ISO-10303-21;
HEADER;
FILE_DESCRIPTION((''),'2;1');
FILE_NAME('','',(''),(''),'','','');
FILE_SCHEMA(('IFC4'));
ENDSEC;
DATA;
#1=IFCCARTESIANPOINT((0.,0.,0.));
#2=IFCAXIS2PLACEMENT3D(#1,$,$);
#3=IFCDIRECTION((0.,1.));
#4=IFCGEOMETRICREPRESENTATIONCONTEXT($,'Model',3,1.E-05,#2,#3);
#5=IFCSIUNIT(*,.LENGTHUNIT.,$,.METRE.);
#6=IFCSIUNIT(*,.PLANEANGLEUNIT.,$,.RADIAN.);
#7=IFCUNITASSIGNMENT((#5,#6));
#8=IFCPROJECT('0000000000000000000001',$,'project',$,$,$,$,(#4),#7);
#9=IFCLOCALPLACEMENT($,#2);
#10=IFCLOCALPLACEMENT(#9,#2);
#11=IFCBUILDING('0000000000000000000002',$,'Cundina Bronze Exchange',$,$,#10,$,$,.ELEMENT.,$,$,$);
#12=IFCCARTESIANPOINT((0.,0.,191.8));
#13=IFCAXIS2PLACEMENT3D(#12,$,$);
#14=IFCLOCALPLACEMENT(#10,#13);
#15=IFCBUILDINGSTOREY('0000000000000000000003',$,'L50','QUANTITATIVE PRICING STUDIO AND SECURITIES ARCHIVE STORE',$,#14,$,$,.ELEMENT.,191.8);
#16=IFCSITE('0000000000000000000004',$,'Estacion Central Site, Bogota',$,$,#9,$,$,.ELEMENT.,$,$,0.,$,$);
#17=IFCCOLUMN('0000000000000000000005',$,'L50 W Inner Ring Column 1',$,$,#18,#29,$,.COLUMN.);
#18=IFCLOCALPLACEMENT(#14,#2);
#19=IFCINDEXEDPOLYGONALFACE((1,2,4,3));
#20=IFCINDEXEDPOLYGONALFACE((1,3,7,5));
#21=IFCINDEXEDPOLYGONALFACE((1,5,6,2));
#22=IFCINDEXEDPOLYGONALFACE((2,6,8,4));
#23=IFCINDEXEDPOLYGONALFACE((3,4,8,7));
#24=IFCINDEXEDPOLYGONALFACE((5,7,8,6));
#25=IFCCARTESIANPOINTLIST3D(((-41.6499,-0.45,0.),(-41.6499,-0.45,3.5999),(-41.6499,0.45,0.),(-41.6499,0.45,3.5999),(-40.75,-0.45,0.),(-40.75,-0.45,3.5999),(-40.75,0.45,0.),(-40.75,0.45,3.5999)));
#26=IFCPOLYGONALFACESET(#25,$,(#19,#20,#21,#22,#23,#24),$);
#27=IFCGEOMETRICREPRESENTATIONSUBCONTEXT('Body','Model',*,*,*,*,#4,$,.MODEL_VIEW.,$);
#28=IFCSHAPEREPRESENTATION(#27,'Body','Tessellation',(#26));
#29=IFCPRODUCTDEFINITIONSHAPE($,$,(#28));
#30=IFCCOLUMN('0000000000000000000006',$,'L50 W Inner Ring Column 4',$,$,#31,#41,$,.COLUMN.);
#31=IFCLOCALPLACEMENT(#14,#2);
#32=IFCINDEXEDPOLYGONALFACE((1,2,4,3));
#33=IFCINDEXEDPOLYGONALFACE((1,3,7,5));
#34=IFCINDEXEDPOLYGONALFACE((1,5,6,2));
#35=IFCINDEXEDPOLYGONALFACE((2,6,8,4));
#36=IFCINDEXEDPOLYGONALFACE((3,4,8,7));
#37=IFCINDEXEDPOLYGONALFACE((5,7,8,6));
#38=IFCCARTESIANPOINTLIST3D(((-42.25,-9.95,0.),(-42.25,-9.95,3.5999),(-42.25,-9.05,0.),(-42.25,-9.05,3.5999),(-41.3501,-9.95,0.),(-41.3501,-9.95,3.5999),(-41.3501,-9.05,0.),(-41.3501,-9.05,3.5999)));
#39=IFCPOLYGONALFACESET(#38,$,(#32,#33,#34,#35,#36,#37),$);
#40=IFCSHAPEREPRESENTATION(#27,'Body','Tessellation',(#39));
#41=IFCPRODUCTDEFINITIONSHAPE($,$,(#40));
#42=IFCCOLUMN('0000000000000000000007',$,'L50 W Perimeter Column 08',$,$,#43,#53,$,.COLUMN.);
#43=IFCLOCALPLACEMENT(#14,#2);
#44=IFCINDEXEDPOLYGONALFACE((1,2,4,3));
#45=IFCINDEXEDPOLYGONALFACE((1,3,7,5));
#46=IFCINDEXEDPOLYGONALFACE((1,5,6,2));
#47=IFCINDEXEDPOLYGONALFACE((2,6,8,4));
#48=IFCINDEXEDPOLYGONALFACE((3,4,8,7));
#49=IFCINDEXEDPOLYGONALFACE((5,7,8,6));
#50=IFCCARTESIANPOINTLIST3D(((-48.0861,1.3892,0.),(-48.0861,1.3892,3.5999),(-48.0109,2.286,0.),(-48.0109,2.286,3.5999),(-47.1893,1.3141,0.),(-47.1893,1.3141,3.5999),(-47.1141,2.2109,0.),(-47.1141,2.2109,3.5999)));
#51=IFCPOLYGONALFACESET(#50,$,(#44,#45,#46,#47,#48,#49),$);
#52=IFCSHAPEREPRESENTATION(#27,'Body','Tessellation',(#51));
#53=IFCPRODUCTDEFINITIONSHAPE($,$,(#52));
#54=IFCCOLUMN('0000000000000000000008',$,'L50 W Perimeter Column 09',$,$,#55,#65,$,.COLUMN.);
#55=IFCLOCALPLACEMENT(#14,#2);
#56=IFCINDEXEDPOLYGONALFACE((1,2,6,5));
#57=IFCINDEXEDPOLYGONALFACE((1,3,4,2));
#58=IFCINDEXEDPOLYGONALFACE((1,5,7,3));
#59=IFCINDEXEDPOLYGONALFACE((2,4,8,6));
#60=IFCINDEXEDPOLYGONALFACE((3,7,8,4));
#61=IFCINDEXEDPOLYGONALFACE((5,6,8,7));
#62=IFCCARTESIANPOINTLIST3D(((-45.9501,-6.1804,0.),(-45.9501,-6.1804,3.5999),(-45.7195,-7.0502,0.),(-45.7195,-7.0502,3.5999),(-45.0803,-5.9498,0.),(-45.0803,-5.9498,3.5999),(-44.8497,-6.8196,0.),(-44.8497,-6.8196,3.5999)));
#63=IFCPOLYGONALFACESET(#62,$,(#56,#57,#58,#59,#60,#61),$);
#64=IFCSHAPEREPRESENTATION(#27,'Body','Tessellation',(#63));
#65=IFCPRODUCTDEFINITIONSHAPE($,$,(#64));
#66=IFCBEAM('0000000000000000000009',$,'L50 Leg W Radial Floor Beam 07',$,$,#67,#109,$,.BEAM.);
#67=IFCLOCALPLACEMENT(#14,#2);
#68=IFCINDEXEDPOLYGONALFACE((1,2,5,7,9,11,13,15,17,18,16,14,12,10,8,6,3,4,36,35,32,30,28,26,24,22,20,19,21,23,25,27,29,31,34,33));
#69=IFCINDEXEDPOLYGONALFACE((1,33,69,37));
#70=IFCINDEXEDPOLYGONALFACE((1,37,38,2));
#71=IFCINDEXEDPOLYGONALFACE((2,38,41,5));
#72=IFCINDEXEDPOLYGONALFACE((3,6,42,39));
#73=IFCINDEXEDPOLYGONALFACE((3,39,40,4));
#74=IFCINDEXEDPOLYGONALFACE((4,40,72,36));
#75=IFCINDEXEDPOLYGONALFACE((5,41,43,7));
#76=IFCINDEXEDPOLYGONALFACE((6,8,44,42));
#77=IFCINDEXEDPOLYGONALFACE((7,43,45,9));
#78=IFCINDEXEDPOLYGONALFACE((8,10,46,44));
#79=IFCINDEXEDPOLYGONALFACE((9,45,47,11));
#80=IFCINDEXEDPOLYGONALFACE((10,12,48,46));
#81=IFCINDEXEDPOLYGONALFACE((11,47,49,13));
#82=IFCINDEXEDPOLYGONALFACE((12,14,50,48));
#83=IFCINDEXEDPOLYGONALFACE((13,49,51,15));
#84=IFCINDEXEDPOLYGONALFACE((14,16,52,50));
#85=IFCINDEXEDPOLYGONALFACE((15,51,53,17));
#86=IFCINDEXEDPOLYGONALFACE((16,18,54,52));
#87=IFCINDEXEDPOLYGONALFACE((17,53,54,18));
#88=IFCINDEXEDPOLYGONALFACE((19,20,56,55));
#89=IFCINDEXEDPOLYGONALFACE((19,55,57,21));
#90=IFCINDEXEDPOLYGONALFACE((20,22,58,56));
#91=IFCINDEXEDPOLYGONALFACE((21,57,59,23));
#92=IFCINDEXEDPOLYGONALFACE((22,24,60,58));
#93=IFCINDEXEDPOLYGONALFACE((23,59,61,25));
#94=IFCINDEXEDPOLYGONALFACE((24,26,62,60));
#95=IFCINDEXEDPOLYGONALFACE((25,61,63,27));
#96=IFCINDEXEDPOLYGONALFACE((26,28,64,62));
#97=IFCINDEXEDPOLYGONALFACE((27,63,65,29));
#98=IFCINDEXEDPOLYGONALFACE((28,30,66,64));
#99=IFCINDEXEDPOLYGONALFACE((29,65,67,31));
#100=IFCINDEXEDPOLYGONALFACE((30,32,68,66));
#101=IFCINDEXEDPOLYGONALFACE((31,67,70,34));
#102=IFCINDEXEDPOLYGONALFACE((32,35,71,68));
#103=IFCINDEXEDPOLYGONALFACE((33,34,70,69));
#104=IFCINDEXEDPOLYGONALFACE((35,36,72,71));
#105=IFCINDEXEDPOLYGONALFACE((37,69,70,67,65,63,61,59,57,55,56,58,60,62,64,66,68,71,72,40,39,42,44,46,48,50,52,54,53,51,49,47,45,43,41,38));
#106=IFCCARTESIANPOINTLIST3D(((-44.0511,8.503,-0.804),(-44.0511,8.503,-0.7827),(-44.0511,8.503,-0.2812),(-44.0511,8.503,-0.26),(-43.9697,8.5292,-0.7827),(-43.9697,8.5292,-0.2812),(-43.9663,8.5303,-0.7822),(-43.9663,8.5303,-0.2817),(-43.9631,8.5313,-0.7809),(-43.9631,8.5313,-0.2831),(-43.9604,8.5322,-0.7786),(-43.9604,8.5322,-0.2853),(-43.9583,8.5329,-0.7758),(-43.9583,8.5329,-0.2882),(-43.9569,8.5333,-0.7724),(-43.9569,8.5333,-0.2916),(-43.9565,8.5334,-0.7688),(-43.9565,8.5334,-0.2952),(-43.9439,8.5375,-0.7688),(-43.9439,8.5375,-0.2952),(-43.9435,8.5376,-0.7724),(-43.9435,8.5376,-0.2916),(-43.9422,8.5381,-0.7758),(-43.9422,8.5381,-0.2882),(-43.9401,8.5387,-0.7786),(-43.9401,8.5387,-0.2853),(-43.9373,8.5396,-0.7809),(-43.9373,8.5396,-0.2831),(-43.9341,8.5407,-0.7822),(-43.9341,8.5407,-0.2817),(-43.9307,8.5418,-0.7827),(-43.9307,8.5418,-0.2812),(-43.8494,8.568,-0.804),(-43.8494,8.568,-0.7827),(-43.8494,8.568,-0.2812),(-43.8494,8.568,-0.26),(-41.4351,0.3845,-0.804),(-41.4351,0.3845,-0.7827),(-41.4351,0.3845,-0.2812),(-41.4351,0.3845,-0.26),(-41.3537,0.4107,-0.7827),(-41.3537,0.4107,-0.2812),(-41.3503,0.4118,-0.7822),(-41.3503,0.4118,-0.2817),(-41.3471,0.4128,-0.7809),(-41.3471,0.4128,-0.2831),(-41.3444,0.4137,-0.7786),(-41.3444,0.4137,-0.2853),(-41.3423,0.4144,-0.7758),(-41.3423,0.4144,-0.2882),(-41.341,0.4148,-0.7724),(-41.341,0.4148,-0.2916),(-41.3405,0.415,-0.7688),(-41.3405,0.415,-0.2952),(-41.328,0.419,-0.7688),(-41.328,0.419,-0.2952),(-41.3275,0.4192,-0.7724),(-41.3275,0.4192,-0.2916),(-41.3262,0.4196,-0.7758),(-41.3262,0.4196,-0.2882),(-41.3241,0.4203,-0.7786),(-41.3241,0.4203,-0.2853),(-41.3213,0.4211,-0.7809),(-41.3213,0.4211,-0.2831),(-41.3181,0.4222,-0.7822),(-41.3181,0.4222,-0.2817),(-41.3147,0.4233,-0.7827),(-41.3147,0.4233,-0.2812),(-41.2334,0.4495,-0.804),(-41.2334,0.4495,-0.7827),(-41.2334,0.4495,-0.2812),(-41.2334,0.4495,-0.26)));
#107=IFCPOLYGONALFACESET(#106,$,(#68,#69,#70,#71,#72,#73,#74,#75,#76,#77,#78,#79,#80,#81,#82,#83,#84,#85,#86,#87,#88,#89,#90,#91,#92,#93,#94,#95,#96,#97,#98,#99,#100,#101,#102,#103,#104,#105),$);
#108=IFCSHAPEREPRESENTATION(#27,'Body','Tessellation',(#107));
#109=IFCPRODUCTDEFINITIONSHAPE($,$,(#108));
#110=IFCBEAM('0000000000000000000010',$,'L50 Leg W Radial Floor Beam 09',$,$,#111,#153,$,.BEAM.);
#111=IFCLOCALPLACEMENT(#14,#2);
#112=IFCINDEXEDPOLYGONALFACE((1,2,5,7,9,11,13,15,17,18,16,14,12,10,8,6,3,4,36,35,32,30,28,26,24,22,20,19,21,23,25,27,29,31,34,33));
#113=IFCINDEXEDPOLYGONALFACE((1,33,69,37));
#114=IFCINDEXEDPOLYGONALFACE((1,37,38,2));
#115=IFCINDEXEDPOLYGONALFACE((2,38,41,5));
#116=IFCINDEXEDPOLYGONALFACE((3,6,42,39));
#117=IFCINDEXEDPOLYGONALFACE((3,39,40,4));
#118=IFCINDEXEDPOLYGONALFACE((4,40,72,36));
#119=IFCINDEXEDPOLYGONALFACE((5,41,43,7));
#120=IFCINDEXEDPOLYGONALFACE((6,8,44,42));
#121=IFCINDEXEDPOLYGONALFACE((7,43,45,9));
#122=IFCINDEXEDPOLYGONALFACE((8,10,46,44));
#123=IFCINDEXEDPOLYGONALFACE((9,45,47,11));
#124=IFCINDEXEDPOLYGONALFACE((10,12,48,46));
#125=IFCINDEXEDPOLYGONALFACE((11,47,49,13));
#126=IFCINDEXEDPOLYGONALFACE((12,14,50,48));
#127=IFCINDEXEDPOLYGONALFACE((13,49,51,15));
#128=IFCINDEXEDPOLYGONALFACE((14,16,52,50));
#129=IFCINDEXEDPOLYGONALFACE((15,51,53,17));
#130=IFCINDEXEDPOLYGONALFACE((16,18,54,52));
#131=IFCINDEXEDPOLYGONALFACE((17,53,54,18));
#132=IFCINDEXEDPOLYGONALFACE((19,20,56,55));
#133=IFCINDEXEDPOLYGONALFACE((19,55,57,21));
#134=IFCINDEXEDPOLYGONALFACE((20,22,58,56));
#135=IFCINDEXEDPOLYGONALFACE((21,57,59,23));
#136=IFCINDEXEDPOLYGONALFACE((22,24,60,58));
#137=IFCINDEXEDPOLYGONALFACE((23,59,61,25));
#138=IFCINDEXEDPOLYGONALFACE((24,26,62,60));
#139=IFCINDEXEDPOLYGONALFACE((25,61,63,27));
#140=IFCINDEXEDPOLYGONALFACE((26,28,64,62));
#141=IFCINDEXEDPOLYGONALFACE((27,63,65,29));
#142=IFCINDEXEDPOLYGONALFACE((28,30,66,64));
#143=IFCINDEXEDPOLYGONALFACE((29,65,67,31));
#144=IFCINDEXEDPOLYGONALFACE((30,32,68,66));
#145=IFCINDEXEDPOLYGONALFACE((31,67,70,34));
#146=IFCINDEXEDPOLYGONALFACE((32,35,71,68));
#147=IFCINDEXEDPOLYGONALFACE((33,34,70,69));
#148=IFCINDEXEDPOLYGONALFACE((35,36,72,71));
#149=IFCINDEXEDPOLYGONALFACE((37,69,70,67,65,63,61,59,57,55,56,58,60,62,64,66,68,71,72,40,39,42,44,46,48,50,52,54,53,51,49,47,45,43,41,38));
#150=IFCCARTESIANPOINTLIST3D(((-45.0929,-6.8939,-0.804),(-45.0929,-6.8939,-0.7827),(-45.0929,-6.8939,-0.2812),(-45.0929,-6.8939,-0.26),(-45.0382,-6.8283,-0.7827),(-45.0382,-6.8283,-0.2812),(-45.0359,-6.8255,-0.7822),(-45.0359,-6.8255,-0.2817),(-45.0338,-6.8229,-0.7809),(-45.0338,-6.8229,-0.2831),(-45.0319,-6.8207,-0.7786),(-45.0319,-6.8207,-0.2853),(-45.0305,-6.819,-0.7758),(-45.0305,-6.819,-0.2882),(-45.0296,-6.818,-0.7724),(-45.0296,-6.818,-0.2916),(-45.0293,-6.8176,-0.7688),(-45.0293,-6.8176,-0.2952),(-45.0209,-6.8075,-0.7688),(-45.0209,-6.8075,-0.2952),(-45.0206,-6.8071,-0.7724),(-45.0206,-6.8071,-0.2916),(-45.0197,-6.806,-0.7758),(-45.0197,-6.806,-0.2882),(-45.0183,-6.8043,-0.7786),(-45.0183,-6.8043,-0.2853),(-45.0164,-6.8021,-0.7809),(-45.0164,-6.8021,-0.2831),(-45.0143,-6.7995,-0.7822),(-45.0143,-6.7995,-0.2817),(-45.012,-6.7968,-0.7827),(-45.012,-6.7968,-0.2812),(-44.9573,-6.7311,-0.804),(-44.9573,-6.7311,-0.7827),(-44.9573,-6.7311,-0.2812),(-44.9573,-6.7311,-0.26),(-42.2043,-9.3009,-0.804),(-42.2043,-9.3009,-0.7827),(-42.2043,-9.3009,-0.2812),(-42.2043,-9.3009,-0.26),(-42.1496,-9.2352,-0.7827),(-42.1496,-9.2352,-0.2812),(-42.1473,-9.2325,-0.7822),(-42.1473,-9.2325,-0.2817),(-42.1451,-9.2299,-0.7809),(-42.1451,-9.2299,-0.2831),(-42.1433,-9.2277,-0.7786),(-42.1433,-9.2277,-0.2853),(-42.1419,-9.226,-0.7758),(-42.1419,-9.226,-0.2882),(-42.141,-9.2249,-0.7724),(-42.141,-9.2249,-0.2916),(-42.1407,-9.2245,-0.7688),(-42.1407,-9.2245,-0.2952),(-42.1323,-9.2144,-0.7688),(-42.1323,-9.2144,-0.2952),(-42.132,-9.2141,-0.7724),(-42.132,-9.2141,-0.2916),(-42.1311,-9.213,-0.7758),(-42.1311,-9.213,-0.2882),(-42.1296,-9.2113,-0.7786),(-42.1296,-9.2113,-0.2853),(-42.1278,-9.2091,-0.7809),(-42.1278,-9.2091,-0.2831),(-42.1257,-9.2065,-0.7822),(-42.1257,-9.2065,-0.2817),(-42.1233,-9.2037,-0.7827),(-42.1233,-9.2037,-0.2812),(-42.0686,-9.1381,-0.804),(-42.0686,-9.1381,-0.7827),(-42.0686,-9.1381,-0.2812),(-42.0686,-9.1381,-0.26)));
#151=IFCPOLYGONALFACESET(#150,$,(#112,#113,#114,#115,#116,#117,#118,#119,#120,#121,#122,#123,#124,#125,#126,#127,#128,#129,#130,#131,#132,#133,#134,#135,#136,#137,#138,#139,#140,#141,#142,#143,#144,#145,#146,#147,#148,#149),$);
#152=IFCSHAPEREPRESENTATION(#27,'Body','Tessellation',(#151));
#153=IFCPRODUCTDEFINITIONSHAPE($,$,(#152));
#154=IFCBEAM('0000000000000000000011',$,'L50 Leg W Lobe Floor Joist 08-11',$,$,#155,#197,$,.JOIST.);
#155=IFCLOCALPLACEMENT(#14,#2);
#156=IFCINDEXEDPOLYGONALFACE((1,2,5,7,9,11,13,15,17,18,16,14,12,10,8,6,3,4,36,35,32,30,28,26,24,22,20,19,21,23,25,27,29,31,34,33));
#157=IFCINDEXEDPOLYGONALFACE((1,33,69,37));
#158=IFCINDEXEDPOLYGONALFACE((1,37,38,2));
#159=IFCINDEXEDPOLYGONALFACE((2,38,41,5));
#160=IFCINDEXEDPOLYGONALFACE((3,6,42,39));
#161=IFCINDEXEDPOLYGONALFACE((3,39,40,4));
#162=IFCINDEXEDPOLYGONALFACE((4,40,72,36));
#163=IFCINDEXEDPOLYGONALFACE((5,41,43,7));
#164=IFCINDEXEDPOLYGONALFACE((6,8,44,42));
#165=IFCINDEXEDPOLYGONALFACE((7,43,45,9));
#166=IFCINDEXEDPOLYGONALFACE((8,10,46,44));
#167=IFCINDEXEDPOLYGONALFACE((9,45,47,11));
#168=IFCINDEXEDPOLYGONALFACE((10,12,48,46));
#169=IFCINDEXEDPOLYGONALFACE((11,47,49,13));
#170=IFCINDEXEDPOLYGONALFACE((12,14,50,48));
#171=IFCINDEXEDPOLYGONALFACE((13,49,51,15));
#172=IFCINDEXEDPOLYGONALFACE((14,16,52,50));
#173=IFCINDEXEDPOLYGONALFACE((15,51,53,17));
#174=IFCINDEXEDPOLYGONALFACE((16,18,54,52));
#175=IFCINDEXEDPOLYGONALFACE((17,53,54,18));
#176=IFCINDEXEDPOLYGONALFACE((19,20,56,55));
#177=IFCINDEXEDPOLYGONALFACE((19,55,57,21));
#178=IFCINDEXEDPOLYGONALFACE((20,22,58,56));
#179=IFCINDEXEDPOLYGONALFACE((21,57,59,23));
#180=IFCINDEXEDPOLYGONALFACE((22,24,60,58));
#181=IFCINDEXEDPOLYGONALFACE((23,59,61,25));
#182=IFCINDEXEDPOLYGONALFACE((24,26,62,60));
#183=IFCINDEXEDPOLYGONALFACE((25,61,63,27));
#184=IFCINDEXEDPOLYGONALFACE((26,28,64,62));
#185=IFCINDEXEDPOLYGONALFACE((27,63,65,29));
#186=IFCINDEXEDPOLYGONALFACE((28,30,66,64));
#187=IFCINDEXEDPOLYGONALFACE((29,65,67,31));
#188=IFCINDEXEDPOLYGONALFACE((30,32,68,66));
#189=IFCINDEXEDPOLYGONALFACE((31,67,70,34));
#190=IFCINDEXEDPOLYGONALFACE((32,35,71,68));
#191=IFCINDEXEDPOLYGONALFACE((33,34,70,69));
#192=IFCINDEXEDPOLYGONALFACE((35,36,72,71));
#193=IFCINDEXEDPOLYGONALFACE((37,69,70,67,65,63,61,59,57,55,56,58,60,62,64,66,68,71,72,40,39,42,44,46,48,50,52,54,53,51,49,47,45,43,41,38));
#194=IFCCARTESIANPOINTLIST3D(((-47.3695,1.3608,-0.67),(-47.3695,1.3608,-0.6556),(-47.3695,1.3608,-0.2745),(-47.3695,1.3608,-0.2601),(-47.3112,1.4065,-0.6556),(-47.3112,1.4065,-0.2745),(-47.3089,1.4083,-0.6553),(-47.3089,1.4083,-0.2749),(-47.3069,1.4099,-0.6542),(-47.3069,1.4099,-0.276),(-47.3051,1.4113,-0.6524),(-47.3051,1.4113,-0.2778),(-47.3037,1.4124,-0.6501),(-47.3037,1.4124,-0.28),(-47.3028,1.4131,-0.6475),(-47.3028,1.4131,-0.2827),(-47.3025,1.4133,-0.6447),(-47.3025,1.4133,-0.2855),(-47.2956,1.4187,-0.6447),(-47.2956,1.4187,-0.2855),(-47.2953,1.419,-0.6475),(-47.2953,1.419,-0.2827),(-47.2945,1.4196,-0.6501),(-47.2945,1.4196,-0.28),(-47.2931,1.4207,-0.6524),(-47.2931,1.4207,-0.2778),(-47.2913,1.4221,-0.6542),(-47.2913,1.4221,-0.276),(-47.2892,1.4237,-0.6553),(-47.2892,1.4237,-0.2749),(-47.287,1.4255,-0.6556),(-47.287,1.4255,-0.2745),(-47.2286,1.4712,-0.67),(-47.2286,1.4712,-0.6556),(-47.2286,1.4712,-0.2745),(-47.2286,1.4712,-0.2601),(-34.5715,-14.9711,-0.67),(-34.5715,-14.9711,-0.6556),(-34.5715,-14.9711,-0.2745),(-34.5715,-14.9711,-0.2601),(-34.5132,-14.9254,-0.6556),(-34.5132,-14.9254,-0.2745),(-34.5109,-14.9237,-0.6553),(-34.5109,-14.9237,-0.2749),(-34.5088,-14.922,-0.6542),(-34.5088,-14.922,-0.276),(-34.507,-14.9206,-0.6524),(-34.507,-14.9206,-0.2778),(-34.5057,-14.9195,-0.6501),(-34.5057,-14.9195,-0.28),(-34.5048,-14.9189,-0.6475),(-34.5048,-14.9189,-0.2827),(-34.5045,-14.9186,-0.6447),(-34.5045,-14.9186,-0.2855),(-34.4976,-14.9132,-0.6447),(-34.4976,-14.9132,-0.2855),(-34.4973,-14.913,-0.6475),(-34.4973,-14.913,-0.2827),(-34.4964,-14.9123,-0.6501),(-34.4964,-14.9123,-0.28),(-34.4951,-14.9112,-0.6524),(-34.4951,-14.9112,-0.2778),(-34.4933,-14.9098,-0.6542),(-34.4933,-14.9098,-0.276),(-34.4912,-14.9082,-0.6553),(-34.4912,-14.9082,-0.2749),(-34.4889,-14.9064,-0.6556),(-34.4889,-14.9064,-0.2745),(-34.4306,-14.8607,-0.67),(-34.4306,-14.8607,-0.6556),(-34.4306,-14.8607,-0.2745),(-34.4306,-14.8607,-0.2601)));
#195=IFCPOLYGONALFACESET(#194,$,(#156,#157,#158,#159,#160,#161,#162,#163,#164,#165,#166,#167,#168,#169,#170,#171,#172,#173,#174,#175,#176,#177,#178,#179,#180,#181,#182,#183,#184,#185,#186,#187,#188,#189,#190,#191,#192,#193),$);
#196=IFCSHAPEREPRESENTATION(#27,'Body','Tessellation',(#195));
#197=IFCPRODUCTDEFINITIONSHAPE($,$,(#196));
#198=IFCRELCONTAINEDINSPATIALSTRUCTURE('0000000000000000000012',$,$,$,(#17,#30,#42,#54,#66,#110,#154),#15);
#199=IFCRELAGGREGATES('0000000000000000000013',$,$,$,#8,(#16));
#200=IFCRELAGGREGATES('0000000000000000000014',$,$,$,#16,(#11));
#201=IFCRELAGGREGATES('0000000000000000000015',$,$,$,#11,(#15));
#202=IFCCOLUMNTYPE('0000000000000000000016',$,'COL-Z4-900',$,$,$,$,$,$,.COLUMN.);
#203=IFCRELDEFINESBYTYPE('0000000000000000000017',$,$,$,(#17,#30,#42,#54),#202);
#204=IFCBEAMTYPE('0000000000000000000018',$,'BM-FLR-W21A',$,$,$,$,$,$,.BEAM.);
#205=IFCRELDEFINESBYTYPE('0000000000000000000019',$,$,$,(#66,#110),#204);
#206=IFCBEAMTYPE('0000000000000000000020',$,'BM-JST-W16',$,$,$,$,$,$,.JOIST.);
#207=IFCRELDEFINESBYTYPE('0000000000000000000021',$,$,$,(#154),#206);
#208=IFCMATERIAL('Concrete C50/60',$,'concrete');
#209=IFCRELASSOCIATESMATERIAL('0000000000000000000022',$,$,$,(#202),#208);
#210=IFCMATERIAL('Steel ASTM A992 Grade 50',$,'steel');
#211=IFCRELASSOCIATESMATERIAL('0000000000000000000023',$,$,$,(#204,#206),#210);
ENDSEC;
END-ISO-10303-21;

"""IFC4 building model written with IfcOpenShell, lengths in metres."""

from ifc_helpers import new_model, si_unit, direction, frame, origin, origin_2d, place, context, subcontext, project, spatial, rectangle, i_section, extrude, material, material_profile, profile_set, type_object, element, save


model = new_model("IFC4")

# Units and contexts
model_context = context("Model", 3, precision=1e-05, world=origin(), true_north=direction((0.0, 1.0)))
body_context = subcontext(model_context, "Body", "Model", "MODEL_VIEW")
ifc_project = project(units=[si_unit("LENGTHUNIT", "METRE"), si_unit("PLANEANGLEUNIT", "RADIAN")], contexts=[model_context])

# Site, building, storey
site_placement = place(None, origin())
site = spatial("IfcSite", under=ifc_project, at=site_placement, Name="Estacion Central Site, Bogota", CompositionType="ELEMENT", RefElevation=0.0)
building_placement = place(site_placement, origin())
building = spatial("IfcBuilding", under=site, at=building_placement, Name="Cundina Bronze Exchange", CompositionType="ELEMENT")
storey_placement = place(building_placement, frame((0.0, 0.0, 191.8)))
storey = spatial("IfcBuildingStorey", under=building, at=storey_placement, Name="L50", Description="QUANTITATIVE PRICING STUDIO AND SECURITIES ARCHIVE STORE", CompositionType="ELEMENT", Elevation=191.8)

# Columns
ifc_material_1 = material(Name="Concrete C50/60", Category="concrete")
ifc_material_profile_1 = material_profile(ifc_material_1, rectangle(XDim=0.8999, YDim=0.8999, at=origin_2d()), Name="RC900X900", Category="concrete")
ifc_profile_set_1 = profile_set([ifc_material_profile_1], Name="Concrete C50/60")
column_type = type_object("IfcColumnType", Name="COL-Z4-900", PredefinedType="COLUMN", material=ifc_profile_set_1)
for number, where, z_axis, x_axis, name in (
    (1, (-41.2, 0.0, 0.0), (0.0, 0.0, 1.0), (1.0, 0.0, 0.0), "L50 W Inner Ring Column 1"),
    (2, (-41.8, -9.5, 0.0), (0.0, 0.0, 1.0), (1.0, 0.0, 0.0), "L50 W Inner Ring Column 4"),
    (3, (-47.6001, 1.8, 0.0), (0.0, 0.0, 1.0), (-0.083504, -0.996507, 0.0), "L50 W Perimeter Column 08"),
    (4, (-45.3999, -6.5, 0.0), (0.0, 0.0, 1.0), (0.256289, -0.9666, 0.0), "L50 W Perimeter Column 09"),
):
    element("IfcColumn", number, at=place(storey_placement, frame(where, z_axis=z_axis, x_axis=x_axis)), inside=storey, type_object=column_type, Name=name, PredefinedType="COLUMN", context=body_context, shape_type="SweptSolid", body=[
        extrude(rectangle(XDim=0.8999, YDim=0.8999, at=origin_2d()), origin(), (0.0, 0.0, 1.0), 3.5999),
    ])

# Beams
ifc_material_2 = material(Name="Steel ASTM A992 Grade 50", Category="steel")
ifc_material_profile_2 = material_profile(ifc_material_2, i_section(OverallWidth=0.2119, OverallDepth=0.5439, WebThickness=0.0132, FlangeThickness=0.0212, FilletRadius=0.0139, at=origin_2d()), Name="W21X83", Category="steel")
ifc_profile_set_2 = profile_set([ifc_material_profile_2], Name="Steel ASTM A992 Grade 50")
beam_type_1 = type_object("IfcBeamType", Name="BM-FLR-W21A", PredefinedType="BEAM", material=ifc_profile_set_2)
beam_1_placement = place(storey_placement, frame((-41.3342, 0.417, -0.532), z_axis=(-0.306698, 0.951807, 0.0), x_axis=(-0.951807, -0.306698, 0.0)))
element("IfcBeam", 5, at=beam_1_placement, inside=storey, type_object=beam_type_1, Name="L50 Leg W Radial Floor Beam 07", PredefinedType="BEAM", context=body_context, shape_type="SweptSolid", body=[
    extrude(i_section(OverallWidth=0.2119, OverallDepth=0.5439, WebThickness=0.0132, FlangeThickness=0.0212, FilletRadius=0.0139, at=origin_2d()), origin(), (0.0, 0.0, 1.0), 8.5295),
])
beam_2_placement = place(storey_placement, frame((-42.1365, -9.2195, -0.532), z_axis=(-0.768253, 0.640146, 0.0), x_axis=(-0.640146, -0.768253, 0.0)))
element("IfcBeam", 6, at=beam_2_placement, inside=storey, type_object=beam_type_1, Name="L50 Leg W Radial Floor Beam 09", PredefinedType="BEAM", context=body_context, shape_type="SweptSolid", body=[
    extrude(i_section(OverallWidth=0.2119, OverallDepth=0.5439, WebThickness=0.0132, FlangeThickness=0.0212, FilletRadius=0.0139, at=origin_2d()), origin(), (0.0, 0.0, 1.0), 3.76),
])
ifc_material_profile_3 = material_profile(ifc_material_2, i_section(OverallWidth=0.179, OverallDepth=0.4099, WebThickness=0.0088, FlangeThickness=0.0144, FilletRadius=0.011, at=origin_2d()), Name="W16X45", Category="steel")
ifc_profile_set_3 = profile_set([ifc_material_profile_3], Name="Steel ASTM A992 Grade 50")
beam_type_2 = type_object("IfcBeamType", Name="BM-JST-W16", PredefinedType="JOIST", material=ifc_profile_set_3)
beam_3_placement = place(storey_placement, frame((-47.2991, 1.416, -0.4651), z_axis=(0.616801, -0.787119, 0.0), x_axis=(0.787119, 0.616801, 0.0)))
element("IfcBeam", 7, at=beam_3_placement, inside=storey, type_object=beam_type_2, Name="L50 Leg W Lobe Floor Joist 08-11", PredefinedType="JOIST", context=body_context, shape_type="SweptSolid", body=[
    extrude(i_section(OverallWidth=0.179, OverallDepth=0.4099, WebThickness=0.0088, FlangeThickness=0.0144, FilletRadius=0.011, at=origin_2d()), origin(), (0.0, 0.0, 1.0), 20.749),
])

save(model, "model.ifc")
